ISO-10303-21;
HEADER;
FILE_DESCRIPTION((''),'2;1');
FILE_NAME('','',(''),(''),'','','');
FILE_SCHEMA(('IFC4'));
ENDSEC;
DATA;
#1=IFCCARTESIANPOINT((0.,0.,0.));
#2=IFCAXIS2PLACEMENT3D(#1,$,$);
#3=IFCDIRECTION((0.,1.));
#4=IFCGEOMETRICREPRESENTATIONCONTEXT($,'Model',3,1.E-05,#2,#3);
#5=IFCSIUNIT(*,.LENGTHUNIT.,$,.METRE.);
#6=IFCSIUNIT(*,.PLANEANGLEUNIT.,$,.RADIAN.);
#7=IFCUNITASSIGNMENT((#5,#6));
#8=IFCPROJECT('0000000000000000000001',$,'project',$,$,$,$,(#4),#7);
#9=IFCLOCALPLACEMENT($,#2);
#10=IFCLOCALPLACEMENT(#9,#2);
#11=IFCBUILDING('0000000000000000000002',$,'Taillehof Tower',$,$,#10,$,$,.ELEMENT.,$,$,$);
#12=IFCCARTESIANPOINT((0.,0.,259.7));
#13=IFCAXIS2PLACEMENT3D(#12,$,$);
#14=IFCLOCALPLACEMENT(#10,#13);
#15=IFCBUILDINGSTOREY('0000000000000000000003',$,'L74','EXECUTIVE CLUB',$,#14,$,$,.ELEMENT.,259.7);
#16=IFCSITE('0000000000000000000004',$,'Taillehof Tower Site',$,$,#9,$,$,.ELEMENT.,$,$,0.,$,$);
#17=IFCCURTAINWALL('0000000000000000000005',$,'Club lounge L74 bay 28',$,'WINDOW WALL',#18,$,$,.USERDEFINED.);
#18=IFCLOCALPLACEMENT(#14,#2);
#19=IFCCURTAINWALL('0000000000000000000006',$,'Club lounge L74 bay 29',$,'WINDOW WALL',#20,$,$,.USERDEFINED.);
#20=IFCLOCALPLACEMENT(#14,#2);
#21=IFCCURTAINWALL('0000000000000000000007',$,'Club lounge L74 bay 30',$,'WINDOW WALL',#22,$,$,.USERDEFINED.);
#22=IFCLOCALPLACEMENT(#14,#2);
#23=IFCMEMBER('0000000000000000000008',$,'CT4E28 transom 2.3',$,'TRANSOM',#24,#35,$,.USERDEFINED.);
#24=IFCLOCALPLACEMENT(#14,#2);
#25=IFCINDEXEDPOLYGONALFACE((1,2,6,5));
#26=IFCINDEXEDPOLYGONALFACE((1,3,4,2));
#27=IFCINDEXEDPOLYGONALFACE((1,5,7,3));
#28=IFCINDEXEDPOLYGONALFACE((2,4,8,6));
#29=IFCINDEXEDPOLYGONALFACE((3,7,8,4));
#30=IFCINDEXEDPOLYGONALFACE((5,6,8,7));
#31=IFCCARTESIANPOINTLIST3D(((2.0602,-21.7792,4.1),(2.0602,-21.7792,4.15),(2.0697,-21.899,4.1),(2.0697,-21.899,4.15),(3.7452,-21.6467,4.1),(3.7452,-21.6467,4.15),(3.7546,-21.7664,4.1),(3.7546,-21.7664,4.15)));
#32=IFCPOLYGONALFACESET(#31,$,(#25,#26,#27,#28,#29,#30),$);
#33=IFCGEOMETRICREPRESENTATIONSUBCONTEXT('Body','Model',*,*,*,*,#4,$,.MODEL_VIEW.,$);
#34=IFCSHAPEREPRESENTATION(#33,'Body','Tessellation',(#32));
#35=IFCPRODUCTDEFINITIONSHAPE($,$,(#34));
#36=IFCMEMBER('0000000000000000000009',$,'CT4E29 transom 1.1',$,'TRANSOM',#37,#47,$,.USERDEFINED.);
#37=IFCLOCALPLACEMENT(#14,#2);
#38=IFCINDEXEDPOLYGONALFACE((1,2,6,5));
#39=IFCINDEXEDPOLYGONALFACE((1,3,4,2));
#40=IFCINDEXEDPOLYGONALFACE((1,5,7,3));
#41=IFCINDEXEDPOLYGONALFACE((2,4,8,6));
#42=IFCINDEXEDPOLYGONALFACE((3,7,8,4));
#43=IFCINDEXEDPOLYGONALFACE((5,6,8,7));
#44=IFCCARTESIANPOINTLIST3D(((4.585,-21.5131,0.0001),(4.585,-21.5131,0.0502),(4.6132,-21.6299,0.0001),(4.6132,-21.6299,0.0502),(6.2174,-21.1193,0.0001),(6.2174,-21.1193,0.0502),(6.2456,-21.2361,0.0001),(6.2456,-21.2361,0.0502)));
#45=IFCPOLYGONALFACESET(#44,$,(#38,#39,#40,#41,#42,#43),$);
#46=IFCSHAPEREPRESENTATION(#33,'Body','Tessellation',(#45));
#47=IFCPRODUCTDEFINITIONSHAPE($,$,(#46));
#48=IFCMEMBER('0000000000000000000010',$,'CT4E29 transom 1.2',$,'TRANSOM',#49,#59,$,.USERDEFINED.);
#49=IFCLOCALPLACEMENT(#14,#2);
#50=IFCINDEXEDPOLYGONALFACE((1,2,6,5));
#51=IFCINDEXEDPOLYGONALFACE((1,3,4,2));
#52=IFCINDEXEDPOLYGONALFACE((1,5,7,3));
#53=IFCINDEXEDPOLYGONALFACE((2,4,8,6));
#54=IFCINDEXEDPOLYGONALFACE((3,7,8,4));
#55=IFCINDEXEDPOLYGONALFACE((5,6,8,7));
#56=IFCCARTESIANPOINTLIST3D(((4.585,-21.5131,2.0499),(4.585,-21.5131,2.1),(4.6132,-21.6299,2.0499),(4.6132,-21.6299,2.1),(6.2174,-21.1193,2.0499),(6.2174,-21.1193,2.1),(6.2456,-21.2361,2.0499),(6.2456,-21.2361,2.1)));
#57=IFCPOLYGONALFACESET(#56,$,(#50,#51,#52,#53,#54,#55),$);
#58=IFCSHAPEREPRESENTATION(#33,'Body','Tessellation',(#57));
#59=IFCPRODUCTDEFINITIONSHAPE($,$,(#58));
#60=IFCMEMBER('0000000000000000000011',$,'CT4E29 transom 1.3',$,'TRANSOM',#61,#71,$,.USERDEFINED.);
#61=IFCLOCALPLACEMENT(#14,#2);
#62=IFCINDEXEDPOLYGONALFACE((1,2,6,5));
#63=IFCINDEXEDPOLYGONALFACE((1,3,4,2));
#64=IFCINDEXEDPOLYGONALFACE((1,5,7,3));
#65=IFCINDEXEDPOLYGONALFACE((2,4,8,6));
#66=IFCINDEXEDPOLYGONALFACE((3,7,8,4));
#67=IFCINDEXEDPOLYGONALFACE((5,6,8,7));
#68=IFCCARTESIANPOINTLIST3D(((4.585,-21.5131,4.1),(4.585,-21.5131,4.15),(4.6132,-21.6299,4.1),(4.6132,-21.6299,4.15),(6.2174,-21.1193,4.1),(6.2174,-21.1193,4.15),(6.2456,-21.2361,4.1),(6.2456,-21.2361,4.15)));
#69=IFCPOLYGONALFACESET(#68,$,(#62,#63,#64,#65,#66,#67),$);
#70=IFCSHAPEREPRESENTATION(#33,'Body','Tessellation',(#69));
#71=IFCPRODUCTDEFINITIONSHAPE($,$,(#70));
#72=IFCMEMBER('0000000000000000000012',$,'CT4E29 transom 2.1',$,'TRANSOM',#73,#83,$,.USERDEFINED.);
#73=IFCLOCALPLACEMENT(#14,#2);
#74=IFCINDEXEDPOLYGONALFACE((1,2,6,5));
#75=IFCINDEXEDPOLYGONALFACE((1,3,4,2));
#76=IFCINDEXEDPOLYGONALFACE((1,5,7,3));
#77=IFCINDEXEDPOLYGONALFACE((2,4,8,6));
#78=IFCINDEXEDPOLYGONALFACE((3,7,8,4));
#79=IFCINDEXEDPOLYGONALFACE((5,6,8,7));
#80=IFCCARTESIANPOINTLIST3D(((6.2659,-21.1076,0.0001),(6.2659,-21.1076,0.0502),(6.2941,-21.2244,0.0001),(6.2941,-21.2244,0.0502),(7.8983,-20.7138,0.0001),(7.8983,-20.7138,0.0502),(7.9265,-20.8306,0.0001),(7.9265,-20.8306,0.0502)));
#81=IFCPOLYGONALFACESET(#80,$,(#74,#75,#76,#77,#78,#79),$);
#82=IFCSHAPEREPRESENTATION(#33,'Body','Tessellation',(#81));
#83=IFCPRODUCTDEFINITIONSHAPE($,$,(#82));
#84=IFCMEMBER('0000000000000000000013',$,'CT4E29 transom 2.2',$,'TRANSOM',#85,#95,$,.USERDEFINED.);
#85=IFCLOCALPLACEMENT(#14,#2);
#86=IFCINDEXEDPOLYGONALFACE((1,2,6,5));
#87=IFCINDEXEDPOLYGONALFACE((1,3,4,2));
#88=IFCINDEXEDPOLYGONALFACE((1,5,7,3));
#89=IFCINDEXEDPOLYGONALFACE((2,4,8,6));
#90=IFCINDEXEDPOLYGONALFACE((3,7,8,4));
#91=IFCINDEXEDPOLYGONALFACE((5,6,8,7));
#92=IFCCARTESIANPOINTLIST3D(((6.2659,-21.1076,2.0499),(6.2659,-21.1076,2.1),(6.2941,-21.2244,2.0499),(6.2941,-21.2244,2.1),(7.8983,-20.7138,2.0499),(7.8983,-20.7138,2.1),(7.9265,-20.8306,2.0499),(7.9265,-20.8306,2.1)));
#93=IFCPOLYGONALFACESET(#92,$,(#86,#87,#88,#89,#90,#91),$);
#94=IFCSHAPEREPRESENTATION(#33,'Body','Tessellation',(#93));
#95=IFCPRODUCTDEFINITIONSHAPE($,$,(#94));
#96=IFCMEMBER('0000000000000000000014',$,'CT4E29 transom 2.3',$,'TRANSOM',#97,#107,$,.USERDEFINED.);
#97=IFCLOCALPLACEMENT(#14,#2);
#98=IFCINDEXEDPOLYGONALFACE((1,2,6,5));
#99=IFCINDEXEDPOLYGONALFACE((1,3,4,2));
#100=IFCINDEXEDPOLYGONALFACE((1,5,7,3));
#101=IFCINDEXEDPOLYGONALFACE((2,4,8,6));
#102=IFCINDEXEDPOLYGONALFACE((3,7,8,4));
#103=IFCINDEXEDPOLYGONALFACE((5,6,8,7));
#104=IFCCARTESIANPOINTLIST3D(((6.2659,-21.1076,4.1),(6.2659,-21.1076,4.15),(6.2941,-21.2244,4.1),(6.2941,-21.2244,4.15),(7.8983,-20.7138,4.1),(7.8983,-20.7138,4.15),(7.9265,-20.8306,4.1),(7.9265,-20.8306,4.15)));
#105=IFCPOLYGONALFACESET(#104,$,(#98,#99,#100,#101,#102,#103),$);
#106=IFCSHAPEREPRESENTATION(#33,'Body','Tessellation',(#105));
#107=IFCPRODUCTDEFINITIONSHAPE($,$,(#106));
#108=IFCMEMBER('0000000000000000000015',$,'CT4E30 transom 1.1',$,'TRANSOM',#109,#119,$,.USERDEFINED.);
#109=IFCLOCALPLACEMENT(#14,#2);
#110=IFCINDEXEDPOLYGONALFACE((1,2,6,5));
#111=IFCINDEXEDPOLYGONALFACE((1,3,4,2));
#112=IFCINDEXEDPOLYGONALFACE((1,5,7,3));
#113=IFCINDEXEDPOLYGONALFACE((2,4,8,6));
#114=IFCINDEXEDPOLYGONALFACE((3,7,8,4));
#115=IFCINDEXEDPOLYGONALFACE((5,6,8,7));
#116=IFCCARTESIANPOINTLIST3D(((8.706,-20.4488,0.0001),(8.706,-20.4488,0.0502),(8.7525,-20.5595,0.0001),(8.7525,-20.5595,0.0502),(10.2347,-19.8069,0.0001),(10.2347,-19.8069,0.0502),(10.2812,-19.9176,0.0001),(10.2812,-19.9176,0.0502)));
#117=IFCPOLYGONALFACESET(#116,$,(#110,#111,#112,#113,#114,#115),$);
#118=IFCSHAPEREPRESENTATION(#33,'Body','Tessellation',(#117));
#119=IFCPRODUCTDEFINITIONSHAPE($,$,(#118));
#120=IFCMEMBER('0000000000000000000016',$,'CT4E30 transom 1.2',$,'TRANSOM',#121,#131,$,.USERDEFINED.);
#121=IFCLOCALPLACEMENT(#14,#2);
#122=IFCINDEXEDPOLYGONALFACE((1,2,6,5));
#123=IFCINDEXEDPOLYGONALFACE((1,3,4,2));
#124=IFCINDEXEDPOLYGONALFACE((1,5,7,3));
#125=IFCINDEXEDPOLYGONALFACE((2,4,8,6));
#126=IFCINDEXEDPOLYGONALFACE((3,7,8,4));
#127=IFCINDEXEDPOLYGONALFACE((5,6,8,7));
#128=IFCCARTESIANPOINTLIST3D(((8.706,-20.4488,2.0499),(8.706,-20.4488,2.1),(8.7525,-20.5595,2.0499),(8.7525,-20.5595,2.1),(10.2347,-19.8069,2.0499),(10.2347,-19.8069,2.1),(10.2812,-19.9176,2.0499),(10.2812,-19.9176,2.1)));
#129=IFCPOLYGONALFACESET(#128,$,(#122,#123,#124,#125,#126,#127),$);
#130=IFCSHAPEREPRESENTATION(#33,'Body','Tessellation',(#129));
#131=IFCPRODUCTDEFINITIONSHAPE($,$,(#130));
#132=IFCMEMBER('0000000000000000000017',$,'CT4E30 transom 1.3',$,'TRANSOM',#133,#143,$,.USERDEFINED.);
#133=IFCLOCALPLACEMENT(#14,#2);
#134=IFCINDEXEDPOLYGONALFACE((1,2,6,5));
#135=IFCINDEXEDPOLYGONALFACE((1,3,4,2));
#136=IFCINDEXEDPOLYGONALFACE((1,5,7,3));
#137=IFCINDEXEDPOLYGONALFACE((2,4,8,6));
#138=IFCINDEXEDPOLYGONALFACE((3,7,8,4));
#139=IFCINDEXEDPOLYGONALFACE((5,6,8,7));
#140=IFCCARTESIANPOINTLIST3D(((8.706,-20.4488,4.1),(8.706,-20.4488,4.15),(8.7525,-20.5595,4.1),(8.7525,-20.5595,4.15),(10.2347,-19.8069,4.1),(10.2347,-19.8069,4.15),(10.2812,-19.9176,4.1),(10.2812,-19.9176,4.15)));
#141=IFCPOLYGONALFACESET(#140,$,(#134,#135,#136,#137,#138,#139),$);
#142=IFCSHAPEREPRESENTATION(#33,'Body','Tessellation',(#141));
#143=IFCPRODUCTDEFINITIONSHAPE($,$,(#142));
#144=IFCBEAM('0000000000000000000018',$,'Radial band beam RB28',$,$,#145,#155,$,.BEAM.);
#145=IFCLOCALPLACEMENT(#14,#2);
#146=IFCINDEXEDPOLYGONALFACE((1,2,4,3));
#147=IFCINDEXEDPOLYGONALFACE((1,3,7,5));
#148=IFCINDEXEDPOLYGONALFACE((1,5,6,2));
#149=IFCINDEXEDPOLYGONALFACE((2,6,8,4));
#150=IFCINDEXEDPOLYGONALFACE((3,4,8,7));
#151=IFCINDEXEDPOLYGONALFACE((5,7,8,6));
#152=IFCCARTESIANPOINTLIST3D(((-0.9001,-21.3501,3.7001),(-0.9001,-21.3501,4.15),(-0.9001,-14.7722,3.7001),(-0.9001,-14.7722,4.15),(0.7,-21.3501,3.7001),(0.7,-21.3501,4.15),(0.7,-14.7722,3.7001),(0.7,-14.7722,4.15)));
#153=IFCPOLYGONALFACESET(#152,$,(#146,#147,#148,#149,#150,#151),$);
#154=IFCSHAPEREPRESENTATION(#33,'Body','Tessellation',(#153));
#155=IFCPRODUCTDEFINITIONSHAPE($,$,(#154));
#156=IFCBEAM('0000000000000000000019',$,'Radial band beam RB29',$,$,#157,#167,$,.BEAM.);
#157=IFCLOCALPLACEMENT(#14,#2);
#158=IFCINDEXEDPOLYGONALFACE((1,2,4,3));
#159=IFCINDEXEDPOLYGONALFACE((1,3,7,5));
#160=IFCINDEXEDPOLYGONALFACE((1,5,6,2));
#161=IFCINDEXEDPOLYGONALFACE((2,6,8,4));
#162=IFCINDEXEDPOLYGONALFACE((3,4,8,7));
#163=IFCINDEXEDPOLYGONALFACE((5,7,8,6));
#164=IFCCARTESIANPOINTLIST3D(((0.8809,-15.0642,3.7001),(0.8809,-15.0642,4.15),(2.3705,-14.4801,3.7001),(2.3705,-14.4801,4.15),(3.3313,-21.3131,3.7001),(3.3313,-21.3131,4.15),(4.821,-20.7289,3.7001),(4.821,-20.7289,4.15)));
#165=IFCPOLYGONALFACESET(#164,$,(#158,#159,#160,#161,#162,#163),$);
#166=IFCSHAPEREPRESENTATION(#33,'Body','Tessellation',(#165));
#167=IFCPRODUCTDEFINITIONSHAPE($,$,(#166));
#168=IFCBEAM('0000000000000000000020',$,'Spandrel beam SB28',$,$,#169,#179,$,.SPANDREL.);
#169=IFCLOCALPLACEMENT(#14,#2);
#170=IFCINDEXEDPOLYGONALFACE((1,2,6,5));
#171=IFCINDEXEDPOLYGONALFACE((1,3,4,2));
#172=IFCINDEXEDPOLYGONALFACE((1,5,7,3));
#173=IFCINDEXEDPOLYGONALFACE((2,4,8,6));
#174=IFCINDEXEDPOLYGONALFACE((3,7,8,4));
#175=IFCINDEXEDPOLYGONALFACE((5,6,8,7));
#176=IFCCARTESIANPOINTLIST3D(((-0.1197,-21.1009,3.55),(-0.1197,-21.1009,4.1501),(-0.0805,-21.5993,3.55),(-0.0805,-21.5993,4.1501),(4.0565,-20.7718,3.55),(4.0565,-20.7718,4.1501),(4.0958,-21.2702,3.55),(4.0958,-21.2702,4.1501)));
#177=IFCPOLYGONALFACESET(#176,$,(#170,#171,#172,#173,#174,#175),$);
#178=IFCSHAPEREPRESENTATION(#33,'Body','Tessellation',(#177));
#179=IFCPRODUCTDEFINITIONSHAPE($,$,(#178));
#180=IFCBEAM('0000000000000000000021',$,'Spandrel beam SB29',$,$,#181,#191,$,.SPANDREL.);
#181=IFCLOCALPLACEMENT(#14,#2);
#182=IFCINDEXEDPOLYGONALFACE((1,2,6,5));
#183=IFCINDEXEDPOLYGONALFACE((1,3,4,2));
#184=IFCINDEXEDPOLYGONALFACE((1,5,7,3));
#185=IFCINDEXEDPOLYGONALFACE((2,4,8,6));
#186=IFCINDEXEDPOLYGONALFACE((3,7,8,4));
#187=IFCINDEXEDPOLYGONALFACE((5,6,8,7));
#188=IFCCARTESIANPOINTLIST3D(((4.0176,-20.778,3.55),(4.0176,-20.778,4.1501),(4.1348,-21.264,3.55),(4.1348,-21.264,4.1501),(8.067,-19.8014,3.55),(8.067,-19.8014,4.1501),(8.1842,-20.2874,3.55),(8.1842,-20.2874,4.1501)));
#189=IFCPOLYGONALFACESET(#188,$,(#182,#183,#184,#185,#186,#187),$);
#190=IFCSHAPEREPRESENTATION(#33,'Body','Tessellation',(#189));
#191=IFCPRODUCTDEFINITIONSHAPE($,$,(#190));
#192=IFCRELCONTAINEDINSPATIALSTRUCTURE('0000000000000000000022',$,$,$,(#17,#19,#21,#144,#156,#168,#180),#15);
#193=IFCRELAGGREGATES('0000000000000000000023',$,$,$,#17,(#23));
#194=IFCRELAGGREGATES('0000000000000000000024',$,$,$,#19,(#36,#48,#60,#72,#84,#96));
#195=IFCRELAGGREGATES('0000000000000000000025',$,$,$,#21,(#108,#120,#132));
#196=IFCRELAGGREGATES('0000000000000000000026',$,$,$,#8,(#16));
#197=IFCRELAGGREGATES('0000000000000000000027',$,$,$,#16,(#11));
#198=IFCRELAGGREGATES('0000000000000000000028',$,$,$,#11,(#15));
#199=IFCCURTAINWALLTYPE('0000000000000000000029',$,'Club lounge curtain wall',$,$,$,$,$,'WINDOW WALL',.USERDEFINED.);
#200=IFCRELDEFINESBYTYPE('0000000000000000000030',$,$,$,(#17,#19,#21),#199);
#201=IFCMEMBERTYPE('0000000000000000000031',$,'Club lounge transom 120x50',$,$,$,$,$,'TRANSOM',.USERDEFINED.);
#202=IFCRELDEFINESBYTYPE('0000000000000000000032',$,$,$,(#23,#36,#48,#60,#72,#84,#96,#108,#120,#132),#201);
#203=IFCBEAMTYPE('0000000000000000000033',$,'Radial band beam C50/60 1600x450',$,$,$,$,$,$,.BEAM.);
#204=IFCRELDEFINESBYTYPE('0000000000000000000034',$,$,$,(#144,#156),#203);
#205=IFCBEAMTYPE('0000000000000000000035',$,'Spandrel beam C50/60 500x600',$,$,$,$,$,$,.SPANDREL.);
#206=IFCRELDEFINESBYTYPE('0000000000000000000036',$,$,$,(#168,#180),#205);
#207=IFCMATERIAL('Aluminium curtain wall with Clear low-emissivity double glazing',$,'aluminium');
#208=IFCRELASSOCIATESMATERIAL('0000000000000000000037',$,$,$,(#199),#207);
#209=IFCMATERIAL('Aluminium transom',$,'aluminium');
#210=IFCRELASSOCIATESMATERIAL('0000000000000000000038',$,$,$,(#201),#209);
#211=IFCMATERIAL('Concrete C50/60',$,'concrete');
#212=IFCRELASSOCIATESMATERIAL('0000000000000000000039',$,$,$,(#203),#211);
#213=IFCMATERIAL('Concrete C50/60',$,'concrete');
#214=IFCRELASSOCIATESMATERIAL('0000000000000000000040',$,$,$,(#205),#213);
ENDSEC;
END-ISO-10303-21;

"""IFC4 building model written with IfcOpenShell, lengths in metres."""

from ifc_helpers import new_model, si_unit, direction, frame, origin, origin_2d, place, context, subcontext, project, spatial, rectangle, extrude, material, material_profile, profile_set, type_object, element, aggregate, save


model = new_model("IFC4")

# Units and contexts
model_context = context("Model", 3, precision=1e-05, world=origin(), true_north=direction((0.0, 1.0)))
body_context = subcontext(model_context, "Body", "Model", "MODEL_VIEW")
ifc_project = project(units=[si_unit("LENGTHUNIT", "METRE"), si_unit("PLANEANGLEUNIT", "RADIAN")], contexts=[model_context])

# Site, building, storey
site_placement = place(None, origin())
site = spatial("IfcSite", under=ifc_project, at=site_placement, Name="Taillehof Tower Site", CompositionType="ELEMENT", RefElevation=0.0)
building_placement = place(site_placement, origin())
building = spatial("IfcBuilding", under=site, at=building_placement, Name="Taillehof Tower", CompositionType="ELEMENT")
storey_placement = place(building_placement, frame((0.0, 0.0, 259.7)))
storey = spatial("IfcBuildingStorey", under=building, at=storey_placement, Name="L74", Description="EXECUTIVE CLUB", CompositionType="ELEMENT", Elevation=259.7)

# Curtain walls
ifc_material_1 = material(Name="Aluminium curtain wall with Clear low-emissivity double glazing", Category="aluminium")
curtain_wall_type = type_object("IfcCurtainWallType", Name="Club lounge curtain wall", ElementType="WINDOW WALL", PredefinedType="USERDEFINED", material=ifc_material_1)
curtain_wall_1_placement = place(storey_placement, origin())
curtain_wall_1 = element("IfcCurtainWall", 1, at=curtain_wall_1_placement, inside=storey, type_object=curtain_wall_type, Name="Club lounge L74 bay 28", ObjectType="WINDOW WALL", PredefinedType="USERDEFINED")
curtain_wall_2_placement = place(storey_placement, origin())
curtain_wall_2 = element("IfcCurtainWall", 2, at=curtain_wall_2_placement, inside=storey, type_object=curtain_wall_type, Name="Club lounge L74 bay 29", ObjectType="WINDOW WALL", PredefinedType="USERDEFINED")

# Curtain wall
curtain_wall_3_placement = place(storey_placement, origin())
curtain_wall_3 = element("IfcCurtainWall", 3, at=curtain_wall_3_placement, inside=storey, type_object=curtain_wall_type, Name="Club lounge L74 bay 30", ObjectType="WINDOW WALL", PredefinedType="USERDEFINED")

# Members
ifc_material_2 = material(Name="Aluminium transom", Category="aluminium")
ifc_material_profile_1 = material_profile(ifc_material_2, rectangle(XDim=0.1201, YDim=0.05, at=origin_2d()), Name="AL 120x50")
ifc_profile_set_1 = profile_set([ifc_material_profile_1], Name="Aluminium transom")
member_type_1 = type_object("IfcMemberType", Name="Club lounge transom 120x50", ElementType="TRANSOM", PredefinedType="USERDEFINED", material=ifc_profile_set_1)
member_1_placement = place(storey_placement, frame((2.0649, -21.8391, 4.125), z_axis=(0.99692, 0.078431, 0.0), x_axis=(-0.078431, 0.99692, 0.0)))
member_1 = element("IfcMember", 4, at=member_1_placement, type_object=member_type_1, Name="CT4E28 transom 2.3", ObjectType="TRANSOM", PredefinedType="USERDEFINED", context=body_context, shape_type="SweptSolid", body=[
    extrude(rectangle(XDim=0.1201, YDim=0.05, at=origin_2d()), origin(), (0.0, 0.0, 1.0), 1.6902),
])
member_2_placement = place(storey_placement, frame((4.5991, -21.5715, 0.0251), z_axis=(0.972111, 0.234522, 0.0), x_axis=(-0.234522, 0.972111, 0.0)))
member_2 = element("IfcMember", 5, at=member_2_placement, type_object=member_type_1, Name="CT4E29 transom 1.1", ObjectType="TRANSOM", PredefinedType="USERDEFINED", context=body_context, shape_type="SweptSolid", body=[
    extrude(rectangle(XDim=0.1201, YDim=0.05, at=origin_2d()), origin(), (0.0, 0.0, 1.0), 1.6792),
])
member_3_placement = place(storey_placement, frame((4.5991, -21.5715, 2.075), z_axis=(0.972111, 0.234522, 0.0), x_axis=(-0.234522, 0.972111, 0.0)))
member_3 = element("IfcMember", 6, at=member_3_placement, type_object=member_type_1, Name="CT4E29 transom 1.2", ObjectType="TRANSOM", PredefinedType="USERDEFINED", context=body_context, shape_type="SweptSolid", body=[
    extrude(rectangle(XDim=0.1201, YDim=0.05, at=origin_2d()), origin(), (0.0, 0.0, 1.0), 1.6792),
])
member_4_placement = place(storey_placement, frame((4.5991, -21.5715, 4.125), z_axis=(0.972111, 0.234522, 0.0), x_axis=(-0.234522, 0.972111, 0.0)))
member_4 = element("IfcMember", 7, at=member_4_placement, type_object=member_type_1, Name="CT4E29 transom 1.3", ObjectType="TRANSOM", PredefinedType="USERDEFINED", context=body_context, shape_type="SweptSolid", body=[
    extrude(rectangle(XDim=0.1201, YDim=0.05, at=origin_2d()), origin(), (0.0, 0.0, 1.0), 1.6792),
])
member_5_placement = place(storey_placement, frame((6.28, -21.166, 0.0251), z_axis=(0.972111, 0.234522, 0.0), x_axis=(-0.234522, 0.972111, 0.0)))
member_5 = element("IfcMember", 8, at=member_5_placement, type_object=member_type_1, Name="CT4E29 transom 2.1", ObjectType="TRANSOM", PredefinedType="USERDEFINED", context=body_context, shape_type="SweptSolid", body=[
    extrude(rectangle(XDim=0.1201, YDim=0.05, at=origin_2d()), origin(), (0.0, 0.0, 1.0), 1.6792),
])
member_6_placement = place(storey_placement, frame((6.28, -21.166, 2.075), z_axis=(0.972111, 0.234522, 0.0), x_axis=(-0.234522, 0.972111, 0.0)))
member_6 = element("IfcMember", 9, at=member_6_placement, type_object=member_type_1, Name="CT4E29 transom 2.2", ObjectType="TRANSOM", PredefinedType="USERDEFINED", context=body_context, shape_type="SweptSolid", body=[
    extrude(rectangle(XDim=0.1201, YDim=0.05, at=origin_2d()), origin(), (0.0, 0.0, 1.0), 1.6792),
])
member_7_placement = place(storey_placement, frame((6.28, -21.166, 4.125), z_axis=(0.972111, 0.234522, 0.0), x_axis=(-0.234522, 0.972111, 0.0)))
member_7 = element("IfcMember", 10, at=member_7_placement, type_object=member_type_1, Name="CT4E29 transom 2.3", ObjectType="TRANSOM", PredefinedType="USERDEFINED", context=body_context, shape_type="SweptSolid", body=[
    extrude(rectangle(XDim=0.1201, YDim=0.05, at=origin_2d()), origin(), (0.0, 0.0, 1.0), 1.6792),
])
member_8_placement = place(storey_placement, frame((8.7292, -20.5042, 0.0251), z_axis=(0.922015, 0.387155, 0.0), x_axis=(-0.387155, 0.922015, 0.0)))
member_8 = element("IfcMember", 11, at=member_8_placement, type_object=member_type_1, Name="CT4E30 transom 1.1", ObjectType="TRANSOM", PredefinedType="USERDEFINED", context=body_context, shape_type="SweptSolid", body=[
    extrude(rectangle(XDim=0.1201, YDim=0.05, at=origin_2d()), origin(), (0.0, 0.0, 1.0), 1.658),
])
member_9_placement = place(storey_placement, frame((8.7292, -20.5042, 2.075), z_axis=(0.922015, 0.387155, 0.0), x_axis=(-0.387155, 0.922015, 0.0)))
member_9 = element("IfcMember", 12, at=member_9_placement, type_object=member_type_1, Name="CT4E30 transom 1.2", ObjectType="TRANSOM", PredefinedType="USERDEFINED", context=body_context, shape_type="SweptSolid", body=[
    extrude(rectangle(XDim=0.1201, YDim=0.05, at=origin_2d()), origin(), (0.0, 0.0, 1.0), 1.658),
])
member_10_placement = place(storey_placement, frame((8.7292, -20.5042, 4.125), z_axis=(0.922015, 0.387155, 0.0), x_axis=(-0.387155, 0.922015, 0.0)))
member_10 = element("IfcMember", 13, at=member_10_placement, type_object=member_type_1, Name="CT4E30 transom 1.3", ObjectType="TRANSOM", PredefinedType="USERDEFINED", context=body_context, shape_type="SweptSolid", body=[
    extrude(rectangle(XDim=0.1201, YDim=0.05, at=origin_2d()), origin(), (0.0, 0.0, 1.0), 1.658),
])

# Beams
ifc_material_3 = material(Name="Concrete C50/60", Category="concrete")
ifc_material_profile_2 = material_profile(ifc_material_3, rectangle(XDim=1.6001, YDim=0.45, at=origin_2d()), Name="RC 1600x450")
ifc_profile_set_2 = profile_set([ifc_material_profile_2], Name="Concrete C50/60")
beam_type_1 = type_object("IfcBeamType", Name="Radial band beam C50/60 1600x450", PredefinedType="BEAM", material=ifc_profile_set_2)
beam_1_placement = place(storey_placement, frame((-0.1001, -21.3501, 3.925), z_axis=(0.0, 1.0, 0.0), x_axis=(-1.0, 0.0, 0.0)))
element("IfcBeam", 14, at=beam_1_placement, inside=storey, type_object=beam_type_1, Name="Radial band beam RB28", PredefinedType="BEAM", context=body_context, shape_type="SweptSolid", body=[
    extrude(rectangle(XDim=1.6001, YDim=0.45, at=origin_2d()), origin(), (0.0, 0.0, 1.0), 6.5779),
])
beam_2_placement = place(storey_placement, frame((4.0762, -21.021, 3.925), z_axis=(-0.365079, 0.930976, 0.0), x_axis=(-0.930976, -0.365079, 0.0)))
element("IfcBeam", 15, at=beam_2_placement, inside=storey, type_object=beam_type_1, Name="Radial band beam RB29", PredefinedType="BEAM", context=body_context, shape_type="SweptSolid", body=[
    extrude(rectangle(XDim=1.6001, YDim=0.45, at=origin_2d()), origin(), (0.0, 0.0, 1.0), 6.7122),
])
ifc_material_4 = material(Name="Concrete C50/60", Category="concrete")
ifc_material_profile_3 = material_profile(ifc_material_4, rectangle(XDim=0.5, YDim=0.6001, at=origin_2d()), Name="RC 500x600")
ifc_profile_set_3 = profile_set([ifc_material_profile_3], Name="Concrete C50/60")
beam_type_2 = type_object("IfcBeamType", Name="Spandrel beam C50/60 500x600", PredefinedType="SPANDREL", material=ifc_profile_set_3)
beam_3_placement = place(storey_placement, frame((-0.1001, -21.3501, 3.8501), z_axis=(0.996909, 0.078559, 0.0), x_axis=(-0.078559, 0.996909, 0.0)))
element("IfcBeam", 16, at=beam_3_placement, inside=storey, type_object=beam_type_2, Name="Spandrel beam SB28", PredefinedType="SPANDREL", context=body_context, shape_type="SweptSolid", body=[
    extrude(rectangle(XDim=0.5, YDim=0.6001, at=origin_2d()), origin(), (0.0, 0.0, 1.0), 4.1892),
])
beam_4_placement = place(storey_placement, frame((4.0762, -21.021, 3.8501), z_axis=(0.972129, 0.234446, 0.0), x_axis=(-0.234446, 0.972129, 0.0)))
element("IfcBeam", 17, at=beam_4_placement, inside=storey, type_object=beam_type_2, Name="Spandrel beam SB29", PredefinedType="SPANDREL", context=body_context, shape_type="SweptSolid", body=[
    extrude(rectangle(XDim=0.5, YDim=0.6001, at=origin_2d()), origin(), (0.0, 0.0, 1.0), 4.1655),
])

aggregate(curtain_wall_1, [member_1])
aggregate(curtain_wall_2, [member_2, member_3, member_4, member_5, member_6, member_7])
aggregate(curtain_wall_3, [member_8, member_9, member_10])

save(model, "model.ifc")
